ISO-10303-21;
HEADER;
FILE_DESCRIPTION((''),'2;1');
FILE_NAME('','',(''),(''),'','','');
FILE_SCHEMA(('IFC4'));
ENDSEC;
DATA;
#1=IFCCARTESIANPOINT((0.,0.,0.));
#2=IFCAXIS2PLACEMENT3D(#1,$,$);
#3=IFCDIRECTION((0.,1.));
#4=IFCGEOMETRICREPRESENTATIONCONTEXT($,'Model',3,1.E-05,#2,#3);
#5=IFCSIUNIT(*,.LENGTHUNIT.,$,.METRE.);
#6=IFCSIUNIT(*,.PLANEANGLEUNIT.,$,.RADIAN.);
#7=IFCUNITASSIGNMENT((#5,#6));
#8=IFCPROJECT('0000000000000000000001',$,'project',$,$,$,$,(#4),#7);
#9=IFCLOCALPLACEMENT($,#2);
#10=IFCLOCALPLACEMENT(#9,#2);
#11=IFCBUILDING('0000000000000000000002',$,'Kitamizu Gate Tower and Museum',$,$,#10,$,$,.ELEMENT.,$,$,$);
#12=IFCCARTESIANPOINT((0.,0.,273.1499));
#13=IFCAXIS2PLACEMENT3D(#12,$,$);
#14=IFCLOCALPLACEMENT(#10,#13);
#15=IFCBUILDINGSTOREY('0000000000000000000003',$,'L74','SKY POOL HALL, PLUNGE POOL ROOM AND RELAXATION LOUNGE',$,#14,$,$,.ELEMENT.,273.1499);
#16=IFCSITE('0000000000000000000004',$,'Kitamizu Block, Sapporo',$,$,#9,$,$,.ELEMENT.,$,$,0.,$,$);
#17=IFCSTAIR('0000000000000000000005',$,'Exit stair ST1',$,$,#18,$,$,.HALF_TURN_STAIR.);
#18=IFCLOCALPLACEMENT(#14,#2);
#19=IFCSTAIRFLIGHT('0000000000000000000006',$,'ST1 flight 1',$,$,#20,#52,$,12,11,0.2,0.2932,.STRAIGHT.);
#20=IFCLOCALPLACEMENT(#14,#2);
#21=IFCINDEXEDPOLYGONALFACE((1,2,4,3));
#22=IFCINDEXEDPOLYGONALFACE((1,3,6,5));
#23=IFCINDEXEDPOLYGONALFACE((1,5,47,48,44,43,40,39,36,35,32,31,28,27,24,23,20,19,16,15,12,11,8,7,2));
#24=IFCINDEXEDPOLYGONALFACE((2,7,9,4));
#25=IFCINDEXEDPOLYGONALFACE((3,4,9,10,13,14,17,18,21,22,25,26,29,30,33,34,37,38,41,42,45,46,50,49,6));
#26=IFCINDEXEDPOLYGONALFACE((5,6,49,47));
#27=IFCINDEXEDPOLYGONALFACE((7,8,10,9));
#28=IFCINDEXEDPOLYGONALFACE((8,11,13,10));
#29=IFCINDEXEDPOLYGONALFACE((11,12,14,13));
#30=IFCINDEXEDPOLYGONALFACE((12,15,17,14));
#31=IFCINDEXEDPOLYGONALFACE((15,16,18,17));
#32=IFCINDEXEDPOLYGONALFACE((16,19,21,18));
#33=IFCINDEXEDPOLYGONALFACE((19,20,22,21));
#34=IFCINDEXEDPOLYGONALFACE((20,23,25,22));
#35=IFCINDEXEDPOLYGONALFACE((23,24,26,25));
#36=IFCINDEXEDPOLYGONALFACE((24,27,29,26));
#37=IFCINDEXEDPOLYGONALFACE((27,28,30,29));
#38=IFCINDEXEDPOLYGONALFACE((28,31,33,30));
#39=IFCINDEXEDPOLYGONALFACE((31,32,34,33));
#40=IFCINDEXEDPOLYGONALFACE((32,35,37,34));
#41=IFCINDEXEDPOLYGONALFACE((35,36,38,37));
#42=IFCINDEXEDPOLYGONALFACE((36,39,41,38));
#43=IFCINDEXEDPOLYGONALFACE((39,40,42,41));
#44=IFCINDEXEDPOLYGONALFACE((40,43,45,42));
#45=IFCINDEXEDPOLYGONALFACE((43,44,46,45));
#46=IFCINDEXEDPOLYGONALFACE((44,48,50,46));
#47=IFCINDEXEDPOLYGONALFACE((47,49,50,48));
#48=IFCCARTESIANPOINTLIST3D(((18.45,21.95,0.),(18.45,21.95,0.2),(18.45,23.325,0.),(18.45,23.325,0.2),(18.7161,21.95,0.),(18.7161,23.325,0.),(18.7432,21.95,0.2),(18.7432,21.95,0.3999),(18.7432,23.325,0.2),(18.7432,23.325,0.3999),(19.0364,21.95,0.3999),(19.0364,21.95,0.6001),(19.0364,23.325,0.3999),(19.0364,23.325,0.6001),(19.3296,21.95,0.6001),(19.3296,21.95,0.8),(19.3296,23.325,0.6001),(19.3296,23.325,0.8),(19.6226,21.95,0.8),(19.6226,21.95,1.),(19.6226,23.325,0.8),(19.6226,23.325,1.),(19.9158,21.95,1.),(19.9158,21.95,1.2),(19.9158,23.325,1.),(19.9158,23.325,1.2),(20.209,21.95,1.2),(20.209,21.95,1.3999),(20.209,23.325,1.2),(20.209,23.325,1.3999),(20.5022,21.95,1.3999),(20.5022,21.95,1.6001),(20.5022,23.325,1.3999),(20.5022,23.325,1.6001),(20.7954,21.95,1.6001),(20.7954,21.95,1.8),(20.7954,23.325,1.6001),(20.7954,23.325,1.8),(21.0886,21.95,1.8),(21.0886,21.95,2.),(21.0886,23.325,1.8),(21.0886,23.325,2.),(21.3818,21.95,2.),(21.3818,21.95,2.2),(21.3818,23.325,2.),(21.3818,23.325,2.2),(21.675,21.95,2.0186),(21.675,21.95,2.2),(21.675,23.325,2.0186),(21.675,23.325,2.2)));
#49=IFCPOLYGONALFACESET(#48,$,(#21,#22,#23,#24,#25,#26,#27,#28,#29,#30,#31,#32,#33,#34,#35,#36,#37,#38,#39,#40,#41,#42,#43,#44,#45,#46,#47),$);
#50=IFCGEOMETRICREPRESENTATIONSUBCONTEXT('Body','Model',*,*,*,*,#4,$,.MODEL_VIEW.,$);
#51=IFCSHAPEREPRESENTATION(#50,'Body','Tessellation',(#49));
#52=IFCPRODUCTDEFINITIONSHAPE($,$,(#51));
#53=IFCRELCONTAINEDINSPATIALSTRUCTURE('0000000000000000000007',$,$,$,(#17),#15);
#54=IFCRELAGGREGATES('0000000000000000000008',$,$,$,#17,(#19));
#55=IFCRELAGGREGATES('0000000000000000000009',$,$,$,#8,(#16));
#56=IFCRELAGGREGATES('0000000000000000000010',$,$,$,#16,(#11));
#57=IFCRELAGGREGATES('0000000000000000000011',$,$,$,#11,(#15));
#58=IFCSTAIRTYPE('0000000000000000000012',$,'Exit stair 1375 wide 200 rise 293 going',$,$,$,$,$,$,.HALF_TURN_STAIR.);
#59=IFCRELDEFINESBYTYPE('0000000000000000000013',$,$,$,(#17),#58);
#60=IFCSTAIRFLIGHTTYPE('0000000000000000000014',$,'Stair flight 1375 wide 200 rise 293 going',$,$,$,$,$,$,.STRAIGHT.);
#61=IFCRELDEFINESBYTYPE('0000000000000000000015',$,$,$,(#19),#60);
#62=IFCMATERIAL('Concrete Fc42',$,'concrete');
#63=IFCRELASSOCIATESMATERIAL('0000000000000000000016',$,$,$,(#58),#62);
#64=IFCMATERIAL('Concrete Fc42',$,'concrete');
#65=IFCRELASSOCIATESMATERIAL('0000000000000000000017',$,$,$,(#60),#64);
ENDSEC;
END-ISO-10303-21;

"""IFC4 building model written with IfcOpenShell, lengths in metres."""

from ifc_helpers import new_model, si_unit, direction, frame, origin, place, context, subcontext, project, spatial, polyline, outline, extrude, material, type_object, element, aggregate, save


model = new_model("IFC4")

# Units and contexts
model_context = context("Model", 3, precision=1e-05, world=origin(), true_north=direction((0.0, 1.0)))
body_context = subcontext(model_context, "Body", "Model", "MODEL_VIEW")
ifc_project = project(units=[si_unit("LENGTHUNIT", "METRE"), si_unit("PLANEANGLEUNIT", "RADIAN")], contexts=[model_context])

# Site, building, storey
site_placement = place(None, origin())
site = spatial("IfcSite", under=ifc_project, at=site_placement, Name="Kitamizu Block, Sapporo", CompositionType="ELEMENT", RefElevation=0.0)
building_placement = place(site_placement, origin())
building = spatial("IfcBuilding", under=site, at=building_placement, Name="Kitamizu Gate Tower and Museum", CompositionType="ELEMENT")
storey_placement = place(building_placement, frame((0.0, 0.0, 273.1499)))
storey = spatial("IfcBuildingStorey", under=building, at=storey_placement, Name="L74", Description="SKY POOL HALL, PLUNGE POOL ROOM AND RELAXATION LOUNGE", CompositionType="ELEMENT", Elevation=273.1499)

# Stair, stair flight
ifc_material_1 = material(Name="Concrete Fc42", Category="concrete")
stair_type = type_object("IfcStairType", Name="Exit stair 1375 wide 200 rise 293 going", PredefinedType="HALF_TURN_STAIR", material=ifc_material_1)
stair_placement = place(storey_placement, origin())
stair = element("IfcStair", 1, at=stair_placement, inside=storey, type_object=stair_type, Name="Exit stair ST1", PredefinedType="HALF_TURN_STAIR")
ifc_material_2 = material(Name="Concrete Fc42", Category="concrete")
stair_flight_type = type_object("IfcStairFlightType", Name="Stair flight 1375 wide 200 rise 293 going", PredefinedType="STRAIGHT", material=ifc_material_2)
stair_flight_placement = place(storey_placement, frame((18.45, 22.6375, 0.0), z_axis=(0.0, 0.0, 1.0), x_axis=(1.0, 0.0, 0.0)))
stair_flight = element("IfcStairFlight", 2, at=stair_flight_placement, type_object=stair_flight_type, Name="ST1 flight 1", NumberOfRisers=12, NumberOfTreads=11, PredefinedType="STRAIGHT", RiserHeight=0.2, TreadLength=0.2932, context=body_context, shape_type="SweptSolid", body=[
    extrude(outline(polyline([(0.0, 0.0), (0.0, 0.2), (0.2932, 0.2), (0.2932, 0.3999), (0.5864, 0.3999), (0.5864, 0.6001), (0.8796, 0.6001), (0.8796, 0.8), (1.1726, 0.8), (1.1726, 1.0), (1.4658, 1.0), (1.4658, 1.2), (1.759, 1.2), (1.759, 1.3999), (2.0522, 1.3999), (2.0522, 1.6001), (2.3455, 1.6001), (2.3455, 1.8), (2.6387, 1.8), (2.6387, 2.0), (2.9319, 2.0), (2.9319, 2.2), (3.2251, 2.2), (3.2251, 2.3999), (3.2251, 2.0186), (0.2661, 0.0), (0.0, 0.0)])), frame((0.0, 0.6875, 0.0), z_axis=(0.0, -1.0, 0.0), x_axis=(1.0, 0.0, 0.0)), (0.0, 0.0, 1.0), 1.375),
])
aggregate(stair, [stair_flight])

save(model, "model.ifc")
